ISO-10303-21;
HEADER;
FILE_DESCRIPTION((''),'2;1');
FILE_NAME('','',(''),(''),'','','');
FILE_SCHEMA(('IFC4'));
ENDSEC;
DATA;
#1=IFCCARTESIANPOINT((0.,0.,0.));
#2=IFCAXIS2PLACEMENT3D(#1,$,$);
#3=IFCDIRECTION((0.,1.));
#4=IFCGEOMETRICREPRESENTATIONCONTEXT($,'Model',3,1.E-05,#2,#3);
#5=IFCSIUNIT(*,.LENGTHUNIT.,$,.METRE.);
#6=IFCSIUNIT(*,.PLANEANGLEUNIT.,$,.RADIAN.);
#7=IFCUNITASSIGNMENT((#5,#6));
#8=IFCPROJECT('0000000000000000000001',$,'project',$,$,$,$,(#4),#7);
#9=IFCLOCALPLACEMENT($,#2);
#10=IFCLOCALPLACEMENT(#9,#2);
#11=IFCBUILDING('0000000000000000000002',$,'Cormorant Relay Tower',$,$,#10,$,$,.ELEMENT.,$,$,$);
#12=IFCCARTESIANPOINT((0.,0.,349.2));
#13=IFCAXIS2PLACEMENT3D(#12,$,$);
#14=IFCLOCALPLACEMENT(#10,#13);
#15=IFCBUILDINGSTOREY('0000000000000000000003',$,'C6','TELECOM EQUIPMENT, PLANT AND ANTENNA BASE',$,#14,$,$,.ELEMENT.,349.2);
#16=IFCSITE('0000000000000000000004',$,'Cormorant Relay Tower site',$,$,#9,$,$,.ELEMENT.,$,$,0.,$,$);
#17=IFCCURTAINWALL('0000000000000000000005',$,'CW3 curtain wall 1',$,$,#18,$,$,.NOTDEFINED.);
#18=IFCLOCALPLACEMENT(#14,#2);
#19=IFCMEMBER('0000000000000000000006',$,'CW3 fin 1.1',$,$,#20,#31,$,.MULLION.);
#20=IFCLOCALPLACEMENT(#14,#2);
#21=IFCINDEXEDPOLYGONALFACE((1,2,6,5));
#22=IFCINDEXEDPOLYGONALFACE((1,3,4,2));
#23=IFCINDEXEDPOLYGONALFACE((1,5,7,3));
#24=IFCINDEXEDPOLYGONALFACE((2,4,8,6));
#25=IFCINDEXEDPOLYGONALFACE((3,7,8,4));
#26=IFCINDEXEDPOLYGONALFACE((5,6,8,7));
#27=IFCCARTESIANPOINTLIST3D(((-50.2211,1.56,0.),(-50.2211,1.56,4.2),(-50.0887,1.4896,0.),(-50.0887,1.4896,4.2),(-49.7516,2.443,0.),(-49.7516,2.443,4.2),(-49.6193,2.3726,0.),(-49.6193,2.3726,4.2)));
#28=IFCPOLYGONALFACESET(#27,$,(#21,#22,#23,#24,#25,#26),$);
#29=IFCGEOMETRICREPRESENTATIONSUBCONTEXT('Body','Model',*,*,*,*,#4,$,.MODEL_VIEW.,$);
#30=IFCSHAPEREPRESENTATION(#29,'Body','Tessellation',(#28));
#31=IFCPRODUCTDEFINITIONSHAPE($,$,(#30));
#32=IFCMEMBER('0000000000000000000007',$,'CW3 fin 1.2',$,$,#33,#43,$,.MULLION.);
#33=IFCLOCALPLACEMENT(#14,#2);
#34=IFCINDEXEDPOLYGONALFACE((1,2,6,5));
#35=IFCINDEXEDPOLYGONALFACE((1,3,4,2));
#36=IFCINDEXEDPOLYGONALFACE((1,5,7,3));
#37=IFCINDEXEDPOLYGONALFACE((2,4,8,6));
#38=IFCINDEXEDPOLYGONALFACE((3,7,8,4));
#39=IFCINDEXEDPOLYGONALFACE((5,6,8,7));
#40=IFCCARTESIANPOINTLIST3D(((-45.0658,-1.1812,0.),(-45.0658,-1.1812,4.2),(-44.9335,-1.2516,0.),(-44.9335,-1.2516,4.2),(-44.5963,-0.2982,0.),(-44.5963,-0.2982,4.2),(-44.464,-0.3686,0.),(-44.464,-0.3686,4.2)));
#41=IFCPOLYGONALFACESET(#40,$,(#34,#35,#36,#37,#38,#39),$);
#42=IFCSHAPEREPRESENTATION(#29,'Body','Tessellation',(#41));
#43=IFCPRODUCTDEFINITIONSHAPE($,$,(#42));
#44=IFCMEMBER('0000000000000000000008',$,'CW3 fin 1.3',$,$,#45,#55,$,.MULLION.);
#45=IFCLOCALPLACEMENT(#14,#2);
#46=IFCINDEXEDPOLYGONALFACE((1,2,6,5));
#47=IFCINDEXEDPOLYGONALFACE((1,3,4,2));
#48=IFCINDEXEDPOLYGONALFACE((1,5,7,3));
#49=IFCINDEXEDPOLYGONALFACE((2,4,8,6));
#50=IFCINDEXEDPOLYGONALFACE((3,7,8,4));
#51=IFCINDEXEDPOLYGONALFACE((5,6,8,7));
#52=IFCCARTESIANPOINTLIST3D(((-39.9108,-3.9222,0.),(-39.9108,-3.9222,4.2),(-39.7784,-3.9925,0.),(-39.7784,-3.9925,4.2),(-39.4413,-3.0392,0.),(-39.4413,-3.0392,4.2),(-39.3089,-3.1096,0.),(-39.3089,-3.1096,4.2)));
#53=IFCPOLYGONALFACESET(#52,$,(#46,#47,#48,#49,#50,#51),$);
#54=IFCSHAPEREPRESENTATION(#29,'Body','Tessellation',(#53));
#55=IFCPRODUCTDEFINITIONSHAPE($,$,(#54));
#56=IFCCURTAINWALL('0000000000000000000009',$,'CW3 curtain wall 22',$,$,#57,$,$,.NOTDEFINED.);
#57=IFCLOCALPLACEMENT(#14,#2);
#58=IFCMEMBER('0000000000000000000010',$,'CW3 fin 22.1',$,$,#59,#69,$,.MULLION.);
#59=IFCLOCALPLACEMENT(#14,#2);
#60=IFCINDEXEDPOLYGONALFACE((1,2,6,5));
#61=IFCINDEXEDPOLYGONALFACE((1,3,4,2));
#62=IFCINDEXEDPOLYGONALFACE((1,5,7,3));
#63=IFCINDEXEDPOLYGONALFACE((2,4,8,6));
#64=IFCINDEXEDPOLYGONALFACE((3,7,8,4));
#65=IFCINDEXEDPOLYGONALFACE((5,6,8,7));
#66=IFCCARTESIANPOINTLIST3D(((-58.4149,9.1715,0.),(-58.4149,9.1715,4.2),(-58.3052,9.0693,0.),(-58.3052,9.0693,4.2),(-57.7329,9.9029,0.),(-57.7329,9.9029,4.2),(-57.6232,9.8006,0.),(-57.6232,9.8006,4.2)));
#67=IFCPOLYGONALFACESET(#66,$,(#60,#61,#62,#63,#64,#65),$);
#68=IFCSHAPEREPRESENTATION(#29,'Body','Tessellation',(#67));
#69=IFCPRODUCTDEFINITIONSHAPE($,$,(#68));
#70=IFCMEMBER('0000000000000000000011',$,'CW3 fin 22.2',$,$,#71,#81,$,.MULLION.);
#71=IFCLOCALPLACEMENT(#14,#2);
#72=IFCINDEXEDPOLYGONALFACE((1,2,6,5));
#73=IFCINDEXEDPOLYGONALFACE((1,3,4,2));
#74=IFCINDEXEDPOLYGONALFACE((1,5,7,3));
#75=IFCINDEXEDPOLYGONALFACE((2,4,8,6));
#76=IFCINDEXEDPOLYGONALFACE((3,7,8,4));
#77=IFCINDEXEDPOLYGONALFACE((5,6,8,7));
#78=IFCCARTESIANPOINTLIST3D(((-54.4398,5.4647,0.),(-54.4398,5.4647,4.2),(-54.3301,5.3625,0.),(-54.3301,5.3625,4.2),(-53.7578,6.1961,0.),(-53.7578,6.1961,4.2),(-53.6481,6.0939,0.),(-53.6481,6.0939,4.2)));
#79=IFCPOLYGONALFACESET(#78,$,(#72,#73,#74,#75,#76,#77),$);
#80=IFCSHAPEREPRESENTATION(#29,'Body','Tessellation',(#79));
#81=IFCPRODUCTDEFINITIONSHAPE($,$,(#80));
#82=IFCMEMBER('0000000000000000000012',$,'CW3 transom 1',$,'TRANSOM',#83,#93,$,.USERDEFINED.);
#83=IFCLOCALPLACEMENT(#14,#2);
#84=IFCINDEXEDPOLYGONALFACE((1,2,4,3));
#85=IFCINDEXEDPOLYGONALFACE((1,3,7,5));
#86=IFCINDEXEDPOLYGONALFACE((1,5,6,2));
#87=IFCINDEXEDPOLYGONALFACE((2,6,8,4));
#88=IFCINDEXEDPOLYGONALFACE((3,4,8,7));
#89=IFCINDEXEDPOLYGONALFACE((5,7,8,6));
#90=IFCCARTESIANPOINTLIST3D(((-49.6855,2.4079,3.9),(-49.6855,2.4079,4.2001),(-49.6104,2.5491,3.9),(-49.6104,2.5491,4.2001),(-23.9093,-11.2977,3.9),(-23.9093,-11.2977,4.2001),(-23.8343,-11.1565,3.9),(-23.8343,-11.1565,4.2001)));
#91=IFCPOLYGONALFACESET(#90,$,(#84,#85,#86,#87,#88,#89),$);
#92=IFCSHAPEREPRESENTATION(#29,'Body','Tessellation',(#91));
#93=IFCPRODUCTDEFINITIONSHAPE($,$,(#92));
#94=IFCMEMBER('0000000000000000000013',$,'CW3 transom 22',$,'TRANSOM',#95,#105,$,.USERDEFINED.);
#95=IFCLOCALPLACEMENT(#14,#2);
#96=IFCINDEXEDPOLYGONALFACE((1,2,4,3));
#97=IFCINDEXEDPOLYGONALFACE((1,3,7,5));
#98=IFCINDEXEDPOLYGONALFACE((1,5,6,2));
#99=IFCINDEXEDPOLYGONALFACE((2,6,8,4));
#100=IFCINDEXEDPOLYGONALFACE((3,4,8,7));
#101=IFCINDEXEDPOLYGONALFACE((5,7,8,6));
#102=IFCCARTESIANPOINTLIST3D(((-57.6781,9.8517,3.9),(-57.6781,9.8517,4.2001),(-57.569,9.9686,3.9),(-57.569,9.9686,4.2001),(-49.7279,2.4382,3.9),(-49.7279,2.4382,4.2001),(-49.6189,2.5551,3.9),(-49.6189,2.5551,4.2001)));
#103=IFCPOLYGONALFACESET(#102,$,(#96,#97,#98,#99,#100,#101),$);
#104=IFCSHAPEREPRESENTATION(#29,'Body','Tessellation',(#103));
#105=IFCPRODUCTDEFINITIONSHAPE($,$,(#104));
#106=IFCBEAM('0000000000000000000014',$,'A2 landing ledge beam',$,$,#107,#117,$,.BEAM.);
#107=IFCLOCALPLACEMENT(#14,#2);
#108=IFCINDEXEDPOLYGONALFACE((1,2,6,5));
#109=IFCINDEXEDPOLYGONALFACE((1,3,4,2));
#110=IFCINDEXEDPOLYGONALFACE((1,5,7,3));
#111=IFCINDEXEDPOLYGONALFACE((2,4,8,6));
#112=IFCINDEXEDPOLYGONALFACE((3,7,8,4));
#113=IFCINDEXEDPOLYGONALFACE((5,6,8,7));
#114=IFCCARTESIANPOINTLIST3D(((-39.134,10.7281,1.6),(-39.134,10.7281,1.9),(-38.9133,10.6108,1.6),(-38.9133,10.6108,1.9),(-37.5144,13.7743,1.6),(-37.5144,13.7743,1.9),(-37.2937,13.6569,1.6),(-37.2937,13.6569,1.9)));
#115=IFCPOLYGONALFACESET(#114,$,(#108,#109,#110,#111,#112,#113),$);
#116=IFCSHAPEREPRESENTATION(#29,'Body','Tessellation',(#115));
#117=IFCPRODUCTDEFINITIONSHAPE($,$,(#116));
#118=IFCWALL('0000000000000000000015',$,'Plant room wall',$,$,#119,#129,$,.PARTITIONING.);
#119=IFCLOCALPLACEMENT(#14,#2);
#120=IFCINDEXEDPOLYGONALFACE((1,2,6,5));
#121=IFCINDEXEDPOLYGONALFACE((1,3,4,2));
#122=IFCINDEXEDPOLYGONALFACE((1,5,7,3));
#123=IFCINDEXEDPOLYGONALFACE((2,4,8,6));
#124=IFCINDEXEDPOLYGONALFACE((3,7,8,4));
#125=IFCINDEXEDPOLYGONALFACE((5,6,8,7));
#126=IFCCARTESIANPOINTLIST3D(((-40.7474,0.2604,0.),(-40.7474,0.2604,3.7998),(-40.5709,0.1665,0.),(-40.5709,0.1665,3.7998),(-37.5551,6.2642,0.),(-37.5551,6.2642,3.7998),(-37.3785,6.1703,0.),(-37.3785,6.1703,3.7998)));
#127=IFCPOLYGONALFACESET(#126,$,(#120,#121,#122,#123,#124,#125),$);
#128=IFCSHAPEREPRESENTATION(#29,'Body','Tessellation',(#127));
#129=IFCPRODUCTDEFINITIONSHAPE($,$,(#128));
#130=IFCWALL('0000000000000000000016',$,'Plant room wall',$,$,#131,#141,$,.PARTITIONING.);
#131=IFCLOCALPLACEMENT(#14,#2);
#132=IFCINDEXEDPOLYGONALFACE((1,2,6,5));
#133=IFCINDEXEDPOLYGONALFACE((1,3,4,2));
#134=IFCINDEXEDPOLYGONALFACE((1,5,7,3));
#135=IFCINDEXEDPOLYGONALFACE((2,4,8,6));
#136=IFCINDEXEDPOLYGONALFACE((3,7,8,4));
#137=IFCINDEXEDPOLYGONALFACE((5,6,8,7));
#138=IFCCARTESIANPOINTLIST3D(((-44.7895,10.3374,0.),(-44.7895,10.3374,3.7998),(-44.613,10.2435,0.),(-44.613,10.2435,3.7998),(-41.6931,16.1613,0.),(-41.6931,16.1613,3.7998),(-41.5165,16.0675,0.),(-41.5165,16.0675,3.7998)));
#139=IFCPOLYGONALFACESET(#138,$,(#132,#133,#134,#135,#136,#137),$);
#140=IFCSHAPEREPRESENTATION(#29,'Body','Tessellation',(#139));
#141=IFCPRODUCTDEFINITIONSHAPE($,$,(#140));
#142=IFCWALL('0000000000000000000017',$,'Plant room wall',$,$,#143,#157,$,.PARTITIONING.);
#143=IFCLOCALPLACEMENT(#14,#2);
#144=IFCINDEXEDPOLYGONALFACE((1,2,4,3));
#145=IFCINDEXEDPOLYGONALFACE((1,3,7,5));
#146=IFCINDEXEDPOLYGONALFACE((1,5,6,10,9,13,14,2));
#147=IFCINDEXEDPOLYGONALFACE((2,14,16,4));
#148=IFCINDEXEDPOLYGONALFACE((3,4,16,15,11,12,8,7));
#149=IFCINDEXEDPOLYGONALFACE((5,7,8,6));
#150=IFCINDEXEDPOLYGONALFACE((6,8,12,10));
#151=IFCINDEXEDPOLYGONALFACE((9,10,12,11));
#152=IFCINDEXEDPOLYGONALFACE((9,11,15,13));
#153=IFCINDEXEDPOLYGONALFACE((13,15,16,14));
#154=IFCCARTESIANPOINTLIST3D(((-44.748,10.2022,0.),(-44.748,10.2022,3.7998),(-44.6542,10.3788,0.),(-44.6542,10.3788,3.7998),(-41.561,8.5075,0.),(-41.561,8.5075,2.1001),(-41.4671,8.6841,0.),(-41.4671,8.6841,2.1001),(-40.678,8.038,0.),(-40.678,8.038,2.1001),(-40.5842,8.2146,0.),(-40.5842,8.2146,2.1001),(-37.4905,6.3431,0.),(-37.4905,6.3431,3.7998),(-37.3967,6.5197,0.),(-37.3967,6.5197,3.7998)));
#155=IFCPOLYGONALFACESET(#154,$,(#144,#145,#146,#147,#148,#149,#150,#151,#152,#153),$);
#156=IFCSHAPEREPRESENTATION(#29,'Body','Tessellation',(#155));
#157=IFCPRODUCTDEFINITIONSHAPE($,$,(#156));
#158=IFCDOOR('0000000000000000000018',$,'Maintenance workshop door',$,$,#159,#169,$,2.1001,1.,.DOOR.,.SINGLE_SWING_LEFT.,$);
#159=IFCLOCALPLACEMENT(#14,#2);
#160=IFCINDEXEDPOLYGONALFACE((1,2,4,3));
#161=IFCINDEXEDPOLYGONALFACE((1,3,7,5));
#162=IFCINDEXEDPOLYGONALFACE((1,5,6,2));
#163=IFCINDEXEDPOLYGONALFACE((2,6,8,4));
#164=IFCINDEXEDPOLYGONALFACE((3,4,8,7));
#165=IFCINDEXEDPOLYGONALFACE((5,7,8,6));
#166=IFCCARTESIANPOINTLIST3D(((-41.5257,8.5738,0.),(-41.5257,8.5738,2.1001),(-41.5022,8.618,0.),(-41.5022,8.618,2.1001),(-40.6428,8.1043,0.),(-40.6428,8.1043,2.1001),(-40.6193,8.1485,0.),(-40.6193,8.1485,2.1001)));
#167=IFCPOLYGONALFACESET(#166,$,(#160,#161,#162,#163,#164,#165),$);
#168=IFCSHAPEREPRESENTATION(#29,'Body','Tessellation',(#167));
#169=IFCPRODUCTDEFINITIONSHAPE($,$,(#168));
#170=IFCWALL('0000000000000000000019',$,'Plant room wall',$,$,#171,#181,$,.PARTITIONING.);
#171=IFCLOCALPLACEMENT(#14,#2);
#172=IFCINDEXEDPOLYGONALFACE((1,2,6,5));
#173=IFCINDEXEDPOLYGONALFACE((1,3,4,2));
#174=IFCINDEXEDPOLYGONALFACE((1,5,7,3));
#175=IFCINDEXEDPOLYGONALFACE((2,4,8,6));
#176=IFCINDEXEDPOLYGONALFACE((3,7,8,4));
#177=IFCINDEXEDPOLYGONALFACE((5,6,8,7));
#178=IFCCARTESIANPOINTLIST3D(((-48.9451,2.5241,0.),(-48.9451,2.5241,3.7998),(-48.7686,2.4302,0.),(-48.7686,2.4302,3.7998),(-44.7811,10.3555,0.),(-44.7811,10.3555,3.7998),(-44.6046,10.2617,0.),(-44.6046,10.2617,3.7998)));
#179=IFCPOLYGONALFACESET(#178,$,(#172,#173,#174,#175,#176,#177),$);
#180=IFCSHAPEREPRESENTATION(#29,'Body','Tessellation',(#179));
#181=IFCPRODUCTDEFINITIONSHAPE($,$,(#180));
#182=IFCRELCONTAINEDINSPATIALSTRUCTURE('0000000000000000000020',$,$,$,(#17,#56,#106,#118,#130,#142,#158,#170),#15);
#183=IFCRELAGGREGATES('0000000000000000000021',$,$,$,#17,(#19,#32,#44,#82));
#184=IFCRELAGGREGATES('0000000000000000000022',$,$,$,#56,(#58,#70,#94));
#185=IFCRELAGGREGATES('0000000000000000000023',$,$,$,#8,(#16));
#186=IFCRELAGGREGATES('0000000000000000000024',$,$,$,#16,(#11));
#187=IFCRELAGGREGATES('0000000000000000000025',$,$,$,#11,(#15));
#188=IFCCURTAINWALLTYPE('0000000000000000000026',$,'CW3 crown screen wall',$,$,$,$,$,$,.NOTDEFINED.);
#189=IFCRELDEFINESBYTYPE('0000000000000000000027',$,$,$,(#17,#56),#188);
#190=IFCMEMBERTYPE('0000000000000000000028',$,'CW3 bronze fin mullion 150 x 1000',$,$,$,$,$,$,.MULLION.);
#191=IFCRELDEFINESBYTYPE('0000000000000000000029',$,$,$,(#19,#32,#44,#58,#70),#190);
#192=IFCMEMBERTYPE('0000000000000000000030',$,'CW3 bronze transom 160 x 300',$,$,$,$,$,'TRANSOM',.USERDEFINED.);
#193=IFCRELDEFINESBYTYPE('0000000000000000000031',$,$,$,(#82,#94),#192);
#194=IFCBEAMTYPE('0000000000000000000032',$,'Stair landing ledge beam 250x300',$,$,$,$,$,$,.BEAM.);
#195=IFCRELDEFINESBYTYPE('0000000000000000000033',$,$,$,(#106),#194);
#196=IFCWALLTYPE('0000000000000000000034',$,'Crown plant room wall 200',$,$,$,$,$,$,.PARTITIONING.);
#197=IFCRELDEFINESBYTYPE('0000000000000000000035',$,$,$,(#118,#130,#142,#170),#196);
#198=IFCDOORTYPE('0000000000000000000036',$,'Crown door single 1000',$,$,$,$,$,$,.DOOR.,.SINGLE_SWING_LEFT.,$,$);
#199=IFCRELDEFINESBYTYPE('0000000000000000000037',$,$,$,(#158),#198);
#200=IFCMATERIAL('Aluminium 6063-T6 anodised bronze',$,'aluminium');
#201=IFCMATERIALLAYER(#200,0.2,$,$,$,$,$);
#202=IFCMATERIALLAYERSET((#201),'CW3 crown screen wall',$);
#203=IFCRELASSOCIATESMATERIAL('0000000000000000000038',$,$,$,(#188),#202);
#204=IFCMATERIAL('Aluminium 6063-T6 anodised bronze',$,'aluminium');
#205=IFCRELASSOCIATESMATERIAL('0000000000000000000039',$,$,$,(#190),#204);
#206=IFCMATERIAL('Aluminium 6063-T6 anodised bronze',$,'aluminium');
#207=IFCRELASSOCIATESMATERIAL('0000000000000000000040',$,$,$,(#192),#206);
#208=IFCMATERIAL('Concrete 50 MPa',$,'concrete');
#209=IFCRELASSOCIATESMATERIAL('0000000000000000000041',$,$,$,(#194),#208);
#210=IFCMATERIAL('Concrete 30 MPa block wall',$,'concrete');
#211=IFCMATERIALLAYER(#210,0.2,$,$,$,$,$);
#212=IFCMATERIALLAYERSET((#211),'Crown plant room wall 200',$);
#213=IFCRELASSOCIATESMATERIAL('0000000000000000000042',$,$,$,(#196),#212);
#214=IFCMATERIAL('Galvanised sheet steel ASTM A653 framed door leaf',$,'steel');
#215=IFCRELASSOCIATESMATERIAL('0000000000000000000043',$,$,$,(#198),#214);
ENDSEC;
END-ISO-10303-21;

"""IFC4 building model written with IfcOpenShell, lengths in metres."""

from ifc_helpers import new_model, si_unit, direction, frame, frame_2d, origin, origin_2d, place, context, subcontext, project, spatial, rectangle, extrude, material, layer, layer_set, material_profile, profile_set, type_object, element, fill, aggregate, save


model = new_model("IFC4")

# Units and contexts
model_context = context("Model", 3, precision=1e-05, world=origin(), true_north=direction((0.0, 1.0)))
body_context = subcontext(model_context, "Body", "Model", "MODEL_VIEW")
ifc_project = project(units=[si_unit("LENGTHUNIT", "METRE"), si_unit("PLANEANGLEUNIT", "RADIAN")], contexts=[model_context])

# Site, building, storey
site_placement = place(None, origin())
site = spatial("IfcSite", under=ifc_project, at=site_placement, Name="Cormorant Relay Tower site", CompositionType="ELEMENT", RefElevation=0.0)
building_placement = place(site_placement, origin())
building = spatial("IfcBuilding", under=site, at=building_placement, Name="Cormorant Relay Tower", CompositionType="ELEMENT")
storey_placement = place(building_placement, frame((0.0, 0.0, 349.2)))
storey = spatial("IfcBuildingStorey", under=building, at=storey_placement, Name="C6", Description="TELECOM EQUIPMENT, PLANT AND ANTENNA BASE", CompositionType="ELEMENT", Elevation=349.2)

# Curtain walls, members
ifc_material_1 = material(Name="Aluminium 6063-T6 anodised bronze", Category="aluminium")
ifc_layer_1 = layer(ifc_material_1, 0.2)
ifc_layer_set_1 = layer_set([ifc_layer_1], Name="CW3 crown screen wall")
curtain_wall_type = type_object("IfcCurtainWallType", Name="CW3 crown screen wall", PredefinedType="NOTDEFINED", material=ifc_layer_set_1)
curtain_wall_1_placement = place(storey_placement, origin())
curtain_wall_1 = element("IfcCurtainWall", 1, at=curtain_wall_1_placement, inside=storey, type_object=curtain_wall_type, Name="CW3 curtain wall 1", PredefinedType="NOTDEFINED")
ifc_material_2 = material(Name="Aluminium 6063-T6 anodised bronze", Category="aluminium")
ifc_material_profile_1 = material_profile(ifc_material_2, rectangle(XDim=0.1499, YDim=1.0, at=origin_2d()), Name="AL 150x1000")
ifc_profile_set_1 = profile_set([ifc_material_profile_1], Name="Aluminium 6063-T6 anodised bronze")
member_type_1 = type_object("IfcMemberType", Name="CW3 bronze fin mullion 150 x 1000", PredefinedType="MULLION", material=ifc_profile_set_1)
member_1_placement = place(storey_placement, frame((-49.9202, 1.9663, 0.0), z_axis=(0.0, 0.0, 1.0), x_axis=(0.882948, -0.469472, 0.0)))
member_1 = element("IfcMember", 2, at=member_1_placement, type_object=member_type_1, Name="CW3 fin 1.1", PredefinedType="MULLION", context=body_context, shape_type="SweptSolid", body=[
    extrude(rectangle(XDim=0.1499, YDim=1.0, at=origin_2d()), origin(), (0.0, 0.0, 1.0), 4.2),
])
member_2_placement = place(storey_placement, frame((-44.7649, -0.7749, 0.0), z_axis=(0.0, 0.0, 1.0), x_axis=(0.882948, -0.469472, 0.0)))
member_2 = element("IfcMember", 3, at=member_2_placement, type_object=member_type_1, Name="CW3 fin 1.2", PredefinedType="MULLION", context=body_context, shape_type="SweptSolid", body=[
    extrude(rectangle(XDim=0.1499, YDim=1.0, at=origin_2d()), origin(), (0.0, 0.0, 1.0), 4.2),
])
member_3_placement = place(storey_placement, frame((-39.6099, -3.5159, 0.0), z_axis=(0.0, 0.0, 1.0), x_axis=(0.882948, -0.469472, 0.0)))
member_3 = element("IfcMember", 4, at=member_3_placement, type_object=member_type_1, Name="CW3 fin 1.3", PredefinedType="MULLION", context=body_context, shape_type="SweptSolid", body=[
    extrude(rectangle(XDim=0.1499, YDim=1.0, at=origin_2d()), origin(), (0.0, 0.0, 1.0), 4.2),
])
curtain_wall_2_placement = place(storey_placement, origin())
curtain_wall_2 = element("IfcCurtainWall", 5, at=curtain_wall_2_placement, inside=storey, type_object=curtain_wall_type, Name="CW3 curtain wall 22", PredefinedType="NOTDEFINED")
member_4_placement = place(storey_placement, frame((-58.019, 9.4861, 0.0), z_axis=(0.0, 0.0, 1.0), x_axis=(0.731354, -0.681998, 0.0)))
member_4 = element("IfcMember", 6, at=member_4_placement, type_object=member_type_1, Name="CW3 fin 22.1", PredefinedType="MULLION", context=body_context, shape_type="SweptSolid", body=[
    extrude(rectangle(XDim=0.1499, YDim=1.0, at=origin_2d()), origin(), (0.0, 0.0, 1.0), 4.2),
])
member_5_placement = place(storey_placement, frame((-54.0439, 5.7793, 0.0), z_axis=(0.0, 0.0, 1.0), x_axis=(0.731354, -0.681998, 0.0)))
member_5 = element("IfcMember", 7, at=member_5_placement, type_object=member_type_1, Name="CW3 fin 22.2", PredefinedType="MULLION", context=body_context, shape_type="SweptSolid", body=[
    extrude(rectangle(XDim=0.1499, YDim=1.0, at=origin_2d()), origin(), (0.0, 0.0, 1.0), 4.2),
])

# Members
ifc_material_3 = material(Name="Aluminium 6063-T6 anodised bronze", Category="aluminium")
ifc_material_profile_2 = material_profile(ifc_material_3, rectangle(XDim=0.1599, YDim=0.3, at=origin_2d()), Name="AL 160x300")
ifc_profile_set_2 = profile_set([ifc_material_profile_2], Name="Aluminium 6063-T6 anodised bronze")
member_type_2 = type_object("IfcMemberType", Name="CW3 bronze transom 160 x 300", ElementType="TRANSOM", PredefinedType="USERDEFINED", material=ifc_profile_set_2)
member_6_placement = place(storey_placement, frame((-49.6479, 2.4785, 4.05), z_axis=(0.882945, -0.469476, 0.0), x_axis=(0.469476, 0.882945, 0.0)))
member_6 = element("IfcMember", 8, at=member_6_placement, type_object=member_type_2, Name="CW3 transom 1", ObjectType="TRANSOM", PredefinedType="USERDEFINED", context=body_context, shape_type="SweptSolid", body=[
    extrude(rectangle(XDim=0.1599, YDim=0.3, at=origin_2d()), origin(), (0.0, 0.0, 1.0), 29.1934),
])
member_7_placement = place(storey_placement, frame((-57.6235, 9.9102, 4.05), z_axis=(0.731358, -0.681993, 0.0), x_axis=(0.681993, 0.731358, 0.0)))
member_7 = element("IfcMember", 9, at=member_7_placement, type_object=member_type_2, Name="CW3 transom 22", ObjectType="TRANSOM", PredefinedType="USERDEFINED", context=body_context, shape_type="SweptSolid", body=[
    extrude(rectangle(XDim=0.1599, YDim=0.3, at=origin_2d()), origin(), (0.0, 0.0, 1.0), 10.8704),
])

# Beam
ifc_material_4 = material(Name="Concrete 50 MPa", Category="concrete")
ifc_material_profile_3 = material_profile(ifc_material_4, rectangle(XDim=0.25, YDim=0.3, at=origin_2d()), Name="RC 250x300")
ifc_profile_set_3 = profile_set([ifc_material_profile_3], Name="Concrete 50 MPa")
beam_type = type_object("IfcBeamType", Name="Stair landing ledge beam 250x300", PredefinedType="BEAM", material=ifc_profile_set_3)
beam_placement = place(storey_placement, frame((-37.4041, 13.7156, 1.75), z_axis=(-0.469464, -0.882952, 0.0), x_axis=(0.882952, -0.469464, 0.0)))
element("IfcBeam", 10, at=beam_placement, inside=storey, type_object=beam_type, Name="A2 landing ledge beam", PredefinedType="BEAM", context=body_context, shape_type="SweptSolid", body=[
    extrude(rectangle(XDim=0.25, YDim=0.3, at=origin_2d()), origin(), (0.0, 0.0, 1.0), 3.45),
])

# Walls
ifc_material_5 = material(Name="Concrete 30 MPa block wall", Category="concrete")
ifc_layer_2 = layer(ifc_material_5, 0.2)
ifc_layer_set_2 = layer_set([ifc_layer_2], Name="Crown plant room wall 200")
wall_type_1 = type_object("IfcWallType", Name="Crown plant room wall 200", PredefinedType="PARTITIONING", material=ifc_layer_set_2)
wall_1_placement = place(storey_placement, frame((-37.4668, 6.2173, 0.0), z_axis=(0.0, 0.0, 1.0), x_axis=(-0.469477, -0.882945, 0.0)))
element("IfcWall", 11, at=wall_1_placement, inside=storey, type_object=wall_type_1, Name="Plant room wall", PredefinedType="PARTITIONING", context=body_context, shape_type="SweptSolid", body=[
    extrude(rectangle(XDim=6.7998, YDim=0.2, at=frame_2d((3.3999, 0.0))), origin(), (0.0, 0.0, 1.0), 3.7998),
])
wall_2_placement = place(storey_placement, frame((-44.7012, 10.2905, 0.0), z_axis=(0.0, 0.0, 1.0), x_axis=(0.469445, 0.882962, 0.0)))
element("IfcWall", 12, at=wall_2_placement, inside=storey, type_object=wall_type_1, Name="Plant room wall", PredefinedType="PARTITIONING", context=body_context, shape_type="SweptSolid", body=[
    extrude(rectangle(XDim=6.5959, YDim=0.2, at=frame_2d((3.2979, 0.0))), origin(), (0.0, 0.0, 1.0), 3.7998),
])

# Wall, opening, door
wall_3_placement = place(storey_placement, frame((-37.4436, 6.4314, 0.0), z_axis=(0.0, 0.0, 1.0), x_axis=(-0.882937, 0.469492, 0.0)))
wall_3 = element("IfcWall", 13, at=wall_3_placement, inside=storey, type_object=wall_type_1, Name="Plant room wall", PredefinedType="PARTITIONING", context=body_context, shape_type="SweptSolid", body=[
    extrude(rectangle(XDim=8.2197, YDim=0.2, at=frame_2d((4.1099, 0.0))), origin(), (0.0, 0.0, 1.0), 3.7998),
])
opening_1_placement = place(wall_3_placement, frame((3.6101, 0.0, 0.0)))
opening_1 = element("IfcOpeningElement", 14, at=opening_1_placement, cuts=wall_3, PredefinedType="OPENING", context=body_context, shape_type="SweptSolid", body=[
    extrude(rectangle(XDim=1.0, YDim=2.1001, at=frame_2d((0.5, 1.05))), frame((0.0, 0.1099, 0.0), z_axis=(0.0, -1.0, 0.0), x_axis=(1.0, 0.0, 0.0)), (0.0, 0.0, 1.0), 0.22),
])
ifc_material_6 = material(Name="Galvanised sheet steel ASTM A653 framed door leaf", Category="steel")
door_type_1 = type_object("IfcDoorType", Name="Crown door single 1000", OperationType="SINGLE_SWING_LEFT", PredefinedType="DOOR", material=ifc_material_6)
door_1_placement = place(opening_1_placement, origin())
door_1 = element("IfcDoor", 15, at=door_1_placement, inside=storey, type_object=door_type_1, Name="Maintenance workshop door", OperationType="SINGLE_SWING_LEFT", OverallHeight=2.1001, OverallWidth=1.0, PredefinedType="DOOR", context=body_context, shape_type="SweptSolid", body=[
    extrude(rectangle(XDim=1.0, YDim=2.1001, at=frame_2d((0.5, 1.05))), frame((0.0, 0.0249, 0.0), z_axis=(0.0, -1.0, 0.0), x_axis=(1.0, 0.0, 0.0)), (0.0, 0.0, 1.0), 0.05),
])
fill(opening_1, door_1)

# Wall
wall_4_placement = place(storey_placement, frame((-44.6929, 10.3086, 0.0), z_axis=(0.0, 0.0, 1.0), x_axis=(-0.469468, -0.88295, 0.0)))
element("IfcWall", 16, at=wall_4_placement, inside=storey, type_object=wall_type_1, Name="Plant room wall", PredefinedType="PARTITIONING", context=body_context, shape_type="SweptSolid", body=[
    extrude(rectangle(XDim=8.8696, YDim=0.2, at=frame_2d((4.4348, 0.0))), origin(), (0.0, 0.0, 1.0), 3.7998),
])

aggregate(curtain_wall_1, [member_1, member_2, member_3, member_6])

aggregate(curtain_wall_2, [member_4, member_5, member_7])

save(model, "model.ifc")
